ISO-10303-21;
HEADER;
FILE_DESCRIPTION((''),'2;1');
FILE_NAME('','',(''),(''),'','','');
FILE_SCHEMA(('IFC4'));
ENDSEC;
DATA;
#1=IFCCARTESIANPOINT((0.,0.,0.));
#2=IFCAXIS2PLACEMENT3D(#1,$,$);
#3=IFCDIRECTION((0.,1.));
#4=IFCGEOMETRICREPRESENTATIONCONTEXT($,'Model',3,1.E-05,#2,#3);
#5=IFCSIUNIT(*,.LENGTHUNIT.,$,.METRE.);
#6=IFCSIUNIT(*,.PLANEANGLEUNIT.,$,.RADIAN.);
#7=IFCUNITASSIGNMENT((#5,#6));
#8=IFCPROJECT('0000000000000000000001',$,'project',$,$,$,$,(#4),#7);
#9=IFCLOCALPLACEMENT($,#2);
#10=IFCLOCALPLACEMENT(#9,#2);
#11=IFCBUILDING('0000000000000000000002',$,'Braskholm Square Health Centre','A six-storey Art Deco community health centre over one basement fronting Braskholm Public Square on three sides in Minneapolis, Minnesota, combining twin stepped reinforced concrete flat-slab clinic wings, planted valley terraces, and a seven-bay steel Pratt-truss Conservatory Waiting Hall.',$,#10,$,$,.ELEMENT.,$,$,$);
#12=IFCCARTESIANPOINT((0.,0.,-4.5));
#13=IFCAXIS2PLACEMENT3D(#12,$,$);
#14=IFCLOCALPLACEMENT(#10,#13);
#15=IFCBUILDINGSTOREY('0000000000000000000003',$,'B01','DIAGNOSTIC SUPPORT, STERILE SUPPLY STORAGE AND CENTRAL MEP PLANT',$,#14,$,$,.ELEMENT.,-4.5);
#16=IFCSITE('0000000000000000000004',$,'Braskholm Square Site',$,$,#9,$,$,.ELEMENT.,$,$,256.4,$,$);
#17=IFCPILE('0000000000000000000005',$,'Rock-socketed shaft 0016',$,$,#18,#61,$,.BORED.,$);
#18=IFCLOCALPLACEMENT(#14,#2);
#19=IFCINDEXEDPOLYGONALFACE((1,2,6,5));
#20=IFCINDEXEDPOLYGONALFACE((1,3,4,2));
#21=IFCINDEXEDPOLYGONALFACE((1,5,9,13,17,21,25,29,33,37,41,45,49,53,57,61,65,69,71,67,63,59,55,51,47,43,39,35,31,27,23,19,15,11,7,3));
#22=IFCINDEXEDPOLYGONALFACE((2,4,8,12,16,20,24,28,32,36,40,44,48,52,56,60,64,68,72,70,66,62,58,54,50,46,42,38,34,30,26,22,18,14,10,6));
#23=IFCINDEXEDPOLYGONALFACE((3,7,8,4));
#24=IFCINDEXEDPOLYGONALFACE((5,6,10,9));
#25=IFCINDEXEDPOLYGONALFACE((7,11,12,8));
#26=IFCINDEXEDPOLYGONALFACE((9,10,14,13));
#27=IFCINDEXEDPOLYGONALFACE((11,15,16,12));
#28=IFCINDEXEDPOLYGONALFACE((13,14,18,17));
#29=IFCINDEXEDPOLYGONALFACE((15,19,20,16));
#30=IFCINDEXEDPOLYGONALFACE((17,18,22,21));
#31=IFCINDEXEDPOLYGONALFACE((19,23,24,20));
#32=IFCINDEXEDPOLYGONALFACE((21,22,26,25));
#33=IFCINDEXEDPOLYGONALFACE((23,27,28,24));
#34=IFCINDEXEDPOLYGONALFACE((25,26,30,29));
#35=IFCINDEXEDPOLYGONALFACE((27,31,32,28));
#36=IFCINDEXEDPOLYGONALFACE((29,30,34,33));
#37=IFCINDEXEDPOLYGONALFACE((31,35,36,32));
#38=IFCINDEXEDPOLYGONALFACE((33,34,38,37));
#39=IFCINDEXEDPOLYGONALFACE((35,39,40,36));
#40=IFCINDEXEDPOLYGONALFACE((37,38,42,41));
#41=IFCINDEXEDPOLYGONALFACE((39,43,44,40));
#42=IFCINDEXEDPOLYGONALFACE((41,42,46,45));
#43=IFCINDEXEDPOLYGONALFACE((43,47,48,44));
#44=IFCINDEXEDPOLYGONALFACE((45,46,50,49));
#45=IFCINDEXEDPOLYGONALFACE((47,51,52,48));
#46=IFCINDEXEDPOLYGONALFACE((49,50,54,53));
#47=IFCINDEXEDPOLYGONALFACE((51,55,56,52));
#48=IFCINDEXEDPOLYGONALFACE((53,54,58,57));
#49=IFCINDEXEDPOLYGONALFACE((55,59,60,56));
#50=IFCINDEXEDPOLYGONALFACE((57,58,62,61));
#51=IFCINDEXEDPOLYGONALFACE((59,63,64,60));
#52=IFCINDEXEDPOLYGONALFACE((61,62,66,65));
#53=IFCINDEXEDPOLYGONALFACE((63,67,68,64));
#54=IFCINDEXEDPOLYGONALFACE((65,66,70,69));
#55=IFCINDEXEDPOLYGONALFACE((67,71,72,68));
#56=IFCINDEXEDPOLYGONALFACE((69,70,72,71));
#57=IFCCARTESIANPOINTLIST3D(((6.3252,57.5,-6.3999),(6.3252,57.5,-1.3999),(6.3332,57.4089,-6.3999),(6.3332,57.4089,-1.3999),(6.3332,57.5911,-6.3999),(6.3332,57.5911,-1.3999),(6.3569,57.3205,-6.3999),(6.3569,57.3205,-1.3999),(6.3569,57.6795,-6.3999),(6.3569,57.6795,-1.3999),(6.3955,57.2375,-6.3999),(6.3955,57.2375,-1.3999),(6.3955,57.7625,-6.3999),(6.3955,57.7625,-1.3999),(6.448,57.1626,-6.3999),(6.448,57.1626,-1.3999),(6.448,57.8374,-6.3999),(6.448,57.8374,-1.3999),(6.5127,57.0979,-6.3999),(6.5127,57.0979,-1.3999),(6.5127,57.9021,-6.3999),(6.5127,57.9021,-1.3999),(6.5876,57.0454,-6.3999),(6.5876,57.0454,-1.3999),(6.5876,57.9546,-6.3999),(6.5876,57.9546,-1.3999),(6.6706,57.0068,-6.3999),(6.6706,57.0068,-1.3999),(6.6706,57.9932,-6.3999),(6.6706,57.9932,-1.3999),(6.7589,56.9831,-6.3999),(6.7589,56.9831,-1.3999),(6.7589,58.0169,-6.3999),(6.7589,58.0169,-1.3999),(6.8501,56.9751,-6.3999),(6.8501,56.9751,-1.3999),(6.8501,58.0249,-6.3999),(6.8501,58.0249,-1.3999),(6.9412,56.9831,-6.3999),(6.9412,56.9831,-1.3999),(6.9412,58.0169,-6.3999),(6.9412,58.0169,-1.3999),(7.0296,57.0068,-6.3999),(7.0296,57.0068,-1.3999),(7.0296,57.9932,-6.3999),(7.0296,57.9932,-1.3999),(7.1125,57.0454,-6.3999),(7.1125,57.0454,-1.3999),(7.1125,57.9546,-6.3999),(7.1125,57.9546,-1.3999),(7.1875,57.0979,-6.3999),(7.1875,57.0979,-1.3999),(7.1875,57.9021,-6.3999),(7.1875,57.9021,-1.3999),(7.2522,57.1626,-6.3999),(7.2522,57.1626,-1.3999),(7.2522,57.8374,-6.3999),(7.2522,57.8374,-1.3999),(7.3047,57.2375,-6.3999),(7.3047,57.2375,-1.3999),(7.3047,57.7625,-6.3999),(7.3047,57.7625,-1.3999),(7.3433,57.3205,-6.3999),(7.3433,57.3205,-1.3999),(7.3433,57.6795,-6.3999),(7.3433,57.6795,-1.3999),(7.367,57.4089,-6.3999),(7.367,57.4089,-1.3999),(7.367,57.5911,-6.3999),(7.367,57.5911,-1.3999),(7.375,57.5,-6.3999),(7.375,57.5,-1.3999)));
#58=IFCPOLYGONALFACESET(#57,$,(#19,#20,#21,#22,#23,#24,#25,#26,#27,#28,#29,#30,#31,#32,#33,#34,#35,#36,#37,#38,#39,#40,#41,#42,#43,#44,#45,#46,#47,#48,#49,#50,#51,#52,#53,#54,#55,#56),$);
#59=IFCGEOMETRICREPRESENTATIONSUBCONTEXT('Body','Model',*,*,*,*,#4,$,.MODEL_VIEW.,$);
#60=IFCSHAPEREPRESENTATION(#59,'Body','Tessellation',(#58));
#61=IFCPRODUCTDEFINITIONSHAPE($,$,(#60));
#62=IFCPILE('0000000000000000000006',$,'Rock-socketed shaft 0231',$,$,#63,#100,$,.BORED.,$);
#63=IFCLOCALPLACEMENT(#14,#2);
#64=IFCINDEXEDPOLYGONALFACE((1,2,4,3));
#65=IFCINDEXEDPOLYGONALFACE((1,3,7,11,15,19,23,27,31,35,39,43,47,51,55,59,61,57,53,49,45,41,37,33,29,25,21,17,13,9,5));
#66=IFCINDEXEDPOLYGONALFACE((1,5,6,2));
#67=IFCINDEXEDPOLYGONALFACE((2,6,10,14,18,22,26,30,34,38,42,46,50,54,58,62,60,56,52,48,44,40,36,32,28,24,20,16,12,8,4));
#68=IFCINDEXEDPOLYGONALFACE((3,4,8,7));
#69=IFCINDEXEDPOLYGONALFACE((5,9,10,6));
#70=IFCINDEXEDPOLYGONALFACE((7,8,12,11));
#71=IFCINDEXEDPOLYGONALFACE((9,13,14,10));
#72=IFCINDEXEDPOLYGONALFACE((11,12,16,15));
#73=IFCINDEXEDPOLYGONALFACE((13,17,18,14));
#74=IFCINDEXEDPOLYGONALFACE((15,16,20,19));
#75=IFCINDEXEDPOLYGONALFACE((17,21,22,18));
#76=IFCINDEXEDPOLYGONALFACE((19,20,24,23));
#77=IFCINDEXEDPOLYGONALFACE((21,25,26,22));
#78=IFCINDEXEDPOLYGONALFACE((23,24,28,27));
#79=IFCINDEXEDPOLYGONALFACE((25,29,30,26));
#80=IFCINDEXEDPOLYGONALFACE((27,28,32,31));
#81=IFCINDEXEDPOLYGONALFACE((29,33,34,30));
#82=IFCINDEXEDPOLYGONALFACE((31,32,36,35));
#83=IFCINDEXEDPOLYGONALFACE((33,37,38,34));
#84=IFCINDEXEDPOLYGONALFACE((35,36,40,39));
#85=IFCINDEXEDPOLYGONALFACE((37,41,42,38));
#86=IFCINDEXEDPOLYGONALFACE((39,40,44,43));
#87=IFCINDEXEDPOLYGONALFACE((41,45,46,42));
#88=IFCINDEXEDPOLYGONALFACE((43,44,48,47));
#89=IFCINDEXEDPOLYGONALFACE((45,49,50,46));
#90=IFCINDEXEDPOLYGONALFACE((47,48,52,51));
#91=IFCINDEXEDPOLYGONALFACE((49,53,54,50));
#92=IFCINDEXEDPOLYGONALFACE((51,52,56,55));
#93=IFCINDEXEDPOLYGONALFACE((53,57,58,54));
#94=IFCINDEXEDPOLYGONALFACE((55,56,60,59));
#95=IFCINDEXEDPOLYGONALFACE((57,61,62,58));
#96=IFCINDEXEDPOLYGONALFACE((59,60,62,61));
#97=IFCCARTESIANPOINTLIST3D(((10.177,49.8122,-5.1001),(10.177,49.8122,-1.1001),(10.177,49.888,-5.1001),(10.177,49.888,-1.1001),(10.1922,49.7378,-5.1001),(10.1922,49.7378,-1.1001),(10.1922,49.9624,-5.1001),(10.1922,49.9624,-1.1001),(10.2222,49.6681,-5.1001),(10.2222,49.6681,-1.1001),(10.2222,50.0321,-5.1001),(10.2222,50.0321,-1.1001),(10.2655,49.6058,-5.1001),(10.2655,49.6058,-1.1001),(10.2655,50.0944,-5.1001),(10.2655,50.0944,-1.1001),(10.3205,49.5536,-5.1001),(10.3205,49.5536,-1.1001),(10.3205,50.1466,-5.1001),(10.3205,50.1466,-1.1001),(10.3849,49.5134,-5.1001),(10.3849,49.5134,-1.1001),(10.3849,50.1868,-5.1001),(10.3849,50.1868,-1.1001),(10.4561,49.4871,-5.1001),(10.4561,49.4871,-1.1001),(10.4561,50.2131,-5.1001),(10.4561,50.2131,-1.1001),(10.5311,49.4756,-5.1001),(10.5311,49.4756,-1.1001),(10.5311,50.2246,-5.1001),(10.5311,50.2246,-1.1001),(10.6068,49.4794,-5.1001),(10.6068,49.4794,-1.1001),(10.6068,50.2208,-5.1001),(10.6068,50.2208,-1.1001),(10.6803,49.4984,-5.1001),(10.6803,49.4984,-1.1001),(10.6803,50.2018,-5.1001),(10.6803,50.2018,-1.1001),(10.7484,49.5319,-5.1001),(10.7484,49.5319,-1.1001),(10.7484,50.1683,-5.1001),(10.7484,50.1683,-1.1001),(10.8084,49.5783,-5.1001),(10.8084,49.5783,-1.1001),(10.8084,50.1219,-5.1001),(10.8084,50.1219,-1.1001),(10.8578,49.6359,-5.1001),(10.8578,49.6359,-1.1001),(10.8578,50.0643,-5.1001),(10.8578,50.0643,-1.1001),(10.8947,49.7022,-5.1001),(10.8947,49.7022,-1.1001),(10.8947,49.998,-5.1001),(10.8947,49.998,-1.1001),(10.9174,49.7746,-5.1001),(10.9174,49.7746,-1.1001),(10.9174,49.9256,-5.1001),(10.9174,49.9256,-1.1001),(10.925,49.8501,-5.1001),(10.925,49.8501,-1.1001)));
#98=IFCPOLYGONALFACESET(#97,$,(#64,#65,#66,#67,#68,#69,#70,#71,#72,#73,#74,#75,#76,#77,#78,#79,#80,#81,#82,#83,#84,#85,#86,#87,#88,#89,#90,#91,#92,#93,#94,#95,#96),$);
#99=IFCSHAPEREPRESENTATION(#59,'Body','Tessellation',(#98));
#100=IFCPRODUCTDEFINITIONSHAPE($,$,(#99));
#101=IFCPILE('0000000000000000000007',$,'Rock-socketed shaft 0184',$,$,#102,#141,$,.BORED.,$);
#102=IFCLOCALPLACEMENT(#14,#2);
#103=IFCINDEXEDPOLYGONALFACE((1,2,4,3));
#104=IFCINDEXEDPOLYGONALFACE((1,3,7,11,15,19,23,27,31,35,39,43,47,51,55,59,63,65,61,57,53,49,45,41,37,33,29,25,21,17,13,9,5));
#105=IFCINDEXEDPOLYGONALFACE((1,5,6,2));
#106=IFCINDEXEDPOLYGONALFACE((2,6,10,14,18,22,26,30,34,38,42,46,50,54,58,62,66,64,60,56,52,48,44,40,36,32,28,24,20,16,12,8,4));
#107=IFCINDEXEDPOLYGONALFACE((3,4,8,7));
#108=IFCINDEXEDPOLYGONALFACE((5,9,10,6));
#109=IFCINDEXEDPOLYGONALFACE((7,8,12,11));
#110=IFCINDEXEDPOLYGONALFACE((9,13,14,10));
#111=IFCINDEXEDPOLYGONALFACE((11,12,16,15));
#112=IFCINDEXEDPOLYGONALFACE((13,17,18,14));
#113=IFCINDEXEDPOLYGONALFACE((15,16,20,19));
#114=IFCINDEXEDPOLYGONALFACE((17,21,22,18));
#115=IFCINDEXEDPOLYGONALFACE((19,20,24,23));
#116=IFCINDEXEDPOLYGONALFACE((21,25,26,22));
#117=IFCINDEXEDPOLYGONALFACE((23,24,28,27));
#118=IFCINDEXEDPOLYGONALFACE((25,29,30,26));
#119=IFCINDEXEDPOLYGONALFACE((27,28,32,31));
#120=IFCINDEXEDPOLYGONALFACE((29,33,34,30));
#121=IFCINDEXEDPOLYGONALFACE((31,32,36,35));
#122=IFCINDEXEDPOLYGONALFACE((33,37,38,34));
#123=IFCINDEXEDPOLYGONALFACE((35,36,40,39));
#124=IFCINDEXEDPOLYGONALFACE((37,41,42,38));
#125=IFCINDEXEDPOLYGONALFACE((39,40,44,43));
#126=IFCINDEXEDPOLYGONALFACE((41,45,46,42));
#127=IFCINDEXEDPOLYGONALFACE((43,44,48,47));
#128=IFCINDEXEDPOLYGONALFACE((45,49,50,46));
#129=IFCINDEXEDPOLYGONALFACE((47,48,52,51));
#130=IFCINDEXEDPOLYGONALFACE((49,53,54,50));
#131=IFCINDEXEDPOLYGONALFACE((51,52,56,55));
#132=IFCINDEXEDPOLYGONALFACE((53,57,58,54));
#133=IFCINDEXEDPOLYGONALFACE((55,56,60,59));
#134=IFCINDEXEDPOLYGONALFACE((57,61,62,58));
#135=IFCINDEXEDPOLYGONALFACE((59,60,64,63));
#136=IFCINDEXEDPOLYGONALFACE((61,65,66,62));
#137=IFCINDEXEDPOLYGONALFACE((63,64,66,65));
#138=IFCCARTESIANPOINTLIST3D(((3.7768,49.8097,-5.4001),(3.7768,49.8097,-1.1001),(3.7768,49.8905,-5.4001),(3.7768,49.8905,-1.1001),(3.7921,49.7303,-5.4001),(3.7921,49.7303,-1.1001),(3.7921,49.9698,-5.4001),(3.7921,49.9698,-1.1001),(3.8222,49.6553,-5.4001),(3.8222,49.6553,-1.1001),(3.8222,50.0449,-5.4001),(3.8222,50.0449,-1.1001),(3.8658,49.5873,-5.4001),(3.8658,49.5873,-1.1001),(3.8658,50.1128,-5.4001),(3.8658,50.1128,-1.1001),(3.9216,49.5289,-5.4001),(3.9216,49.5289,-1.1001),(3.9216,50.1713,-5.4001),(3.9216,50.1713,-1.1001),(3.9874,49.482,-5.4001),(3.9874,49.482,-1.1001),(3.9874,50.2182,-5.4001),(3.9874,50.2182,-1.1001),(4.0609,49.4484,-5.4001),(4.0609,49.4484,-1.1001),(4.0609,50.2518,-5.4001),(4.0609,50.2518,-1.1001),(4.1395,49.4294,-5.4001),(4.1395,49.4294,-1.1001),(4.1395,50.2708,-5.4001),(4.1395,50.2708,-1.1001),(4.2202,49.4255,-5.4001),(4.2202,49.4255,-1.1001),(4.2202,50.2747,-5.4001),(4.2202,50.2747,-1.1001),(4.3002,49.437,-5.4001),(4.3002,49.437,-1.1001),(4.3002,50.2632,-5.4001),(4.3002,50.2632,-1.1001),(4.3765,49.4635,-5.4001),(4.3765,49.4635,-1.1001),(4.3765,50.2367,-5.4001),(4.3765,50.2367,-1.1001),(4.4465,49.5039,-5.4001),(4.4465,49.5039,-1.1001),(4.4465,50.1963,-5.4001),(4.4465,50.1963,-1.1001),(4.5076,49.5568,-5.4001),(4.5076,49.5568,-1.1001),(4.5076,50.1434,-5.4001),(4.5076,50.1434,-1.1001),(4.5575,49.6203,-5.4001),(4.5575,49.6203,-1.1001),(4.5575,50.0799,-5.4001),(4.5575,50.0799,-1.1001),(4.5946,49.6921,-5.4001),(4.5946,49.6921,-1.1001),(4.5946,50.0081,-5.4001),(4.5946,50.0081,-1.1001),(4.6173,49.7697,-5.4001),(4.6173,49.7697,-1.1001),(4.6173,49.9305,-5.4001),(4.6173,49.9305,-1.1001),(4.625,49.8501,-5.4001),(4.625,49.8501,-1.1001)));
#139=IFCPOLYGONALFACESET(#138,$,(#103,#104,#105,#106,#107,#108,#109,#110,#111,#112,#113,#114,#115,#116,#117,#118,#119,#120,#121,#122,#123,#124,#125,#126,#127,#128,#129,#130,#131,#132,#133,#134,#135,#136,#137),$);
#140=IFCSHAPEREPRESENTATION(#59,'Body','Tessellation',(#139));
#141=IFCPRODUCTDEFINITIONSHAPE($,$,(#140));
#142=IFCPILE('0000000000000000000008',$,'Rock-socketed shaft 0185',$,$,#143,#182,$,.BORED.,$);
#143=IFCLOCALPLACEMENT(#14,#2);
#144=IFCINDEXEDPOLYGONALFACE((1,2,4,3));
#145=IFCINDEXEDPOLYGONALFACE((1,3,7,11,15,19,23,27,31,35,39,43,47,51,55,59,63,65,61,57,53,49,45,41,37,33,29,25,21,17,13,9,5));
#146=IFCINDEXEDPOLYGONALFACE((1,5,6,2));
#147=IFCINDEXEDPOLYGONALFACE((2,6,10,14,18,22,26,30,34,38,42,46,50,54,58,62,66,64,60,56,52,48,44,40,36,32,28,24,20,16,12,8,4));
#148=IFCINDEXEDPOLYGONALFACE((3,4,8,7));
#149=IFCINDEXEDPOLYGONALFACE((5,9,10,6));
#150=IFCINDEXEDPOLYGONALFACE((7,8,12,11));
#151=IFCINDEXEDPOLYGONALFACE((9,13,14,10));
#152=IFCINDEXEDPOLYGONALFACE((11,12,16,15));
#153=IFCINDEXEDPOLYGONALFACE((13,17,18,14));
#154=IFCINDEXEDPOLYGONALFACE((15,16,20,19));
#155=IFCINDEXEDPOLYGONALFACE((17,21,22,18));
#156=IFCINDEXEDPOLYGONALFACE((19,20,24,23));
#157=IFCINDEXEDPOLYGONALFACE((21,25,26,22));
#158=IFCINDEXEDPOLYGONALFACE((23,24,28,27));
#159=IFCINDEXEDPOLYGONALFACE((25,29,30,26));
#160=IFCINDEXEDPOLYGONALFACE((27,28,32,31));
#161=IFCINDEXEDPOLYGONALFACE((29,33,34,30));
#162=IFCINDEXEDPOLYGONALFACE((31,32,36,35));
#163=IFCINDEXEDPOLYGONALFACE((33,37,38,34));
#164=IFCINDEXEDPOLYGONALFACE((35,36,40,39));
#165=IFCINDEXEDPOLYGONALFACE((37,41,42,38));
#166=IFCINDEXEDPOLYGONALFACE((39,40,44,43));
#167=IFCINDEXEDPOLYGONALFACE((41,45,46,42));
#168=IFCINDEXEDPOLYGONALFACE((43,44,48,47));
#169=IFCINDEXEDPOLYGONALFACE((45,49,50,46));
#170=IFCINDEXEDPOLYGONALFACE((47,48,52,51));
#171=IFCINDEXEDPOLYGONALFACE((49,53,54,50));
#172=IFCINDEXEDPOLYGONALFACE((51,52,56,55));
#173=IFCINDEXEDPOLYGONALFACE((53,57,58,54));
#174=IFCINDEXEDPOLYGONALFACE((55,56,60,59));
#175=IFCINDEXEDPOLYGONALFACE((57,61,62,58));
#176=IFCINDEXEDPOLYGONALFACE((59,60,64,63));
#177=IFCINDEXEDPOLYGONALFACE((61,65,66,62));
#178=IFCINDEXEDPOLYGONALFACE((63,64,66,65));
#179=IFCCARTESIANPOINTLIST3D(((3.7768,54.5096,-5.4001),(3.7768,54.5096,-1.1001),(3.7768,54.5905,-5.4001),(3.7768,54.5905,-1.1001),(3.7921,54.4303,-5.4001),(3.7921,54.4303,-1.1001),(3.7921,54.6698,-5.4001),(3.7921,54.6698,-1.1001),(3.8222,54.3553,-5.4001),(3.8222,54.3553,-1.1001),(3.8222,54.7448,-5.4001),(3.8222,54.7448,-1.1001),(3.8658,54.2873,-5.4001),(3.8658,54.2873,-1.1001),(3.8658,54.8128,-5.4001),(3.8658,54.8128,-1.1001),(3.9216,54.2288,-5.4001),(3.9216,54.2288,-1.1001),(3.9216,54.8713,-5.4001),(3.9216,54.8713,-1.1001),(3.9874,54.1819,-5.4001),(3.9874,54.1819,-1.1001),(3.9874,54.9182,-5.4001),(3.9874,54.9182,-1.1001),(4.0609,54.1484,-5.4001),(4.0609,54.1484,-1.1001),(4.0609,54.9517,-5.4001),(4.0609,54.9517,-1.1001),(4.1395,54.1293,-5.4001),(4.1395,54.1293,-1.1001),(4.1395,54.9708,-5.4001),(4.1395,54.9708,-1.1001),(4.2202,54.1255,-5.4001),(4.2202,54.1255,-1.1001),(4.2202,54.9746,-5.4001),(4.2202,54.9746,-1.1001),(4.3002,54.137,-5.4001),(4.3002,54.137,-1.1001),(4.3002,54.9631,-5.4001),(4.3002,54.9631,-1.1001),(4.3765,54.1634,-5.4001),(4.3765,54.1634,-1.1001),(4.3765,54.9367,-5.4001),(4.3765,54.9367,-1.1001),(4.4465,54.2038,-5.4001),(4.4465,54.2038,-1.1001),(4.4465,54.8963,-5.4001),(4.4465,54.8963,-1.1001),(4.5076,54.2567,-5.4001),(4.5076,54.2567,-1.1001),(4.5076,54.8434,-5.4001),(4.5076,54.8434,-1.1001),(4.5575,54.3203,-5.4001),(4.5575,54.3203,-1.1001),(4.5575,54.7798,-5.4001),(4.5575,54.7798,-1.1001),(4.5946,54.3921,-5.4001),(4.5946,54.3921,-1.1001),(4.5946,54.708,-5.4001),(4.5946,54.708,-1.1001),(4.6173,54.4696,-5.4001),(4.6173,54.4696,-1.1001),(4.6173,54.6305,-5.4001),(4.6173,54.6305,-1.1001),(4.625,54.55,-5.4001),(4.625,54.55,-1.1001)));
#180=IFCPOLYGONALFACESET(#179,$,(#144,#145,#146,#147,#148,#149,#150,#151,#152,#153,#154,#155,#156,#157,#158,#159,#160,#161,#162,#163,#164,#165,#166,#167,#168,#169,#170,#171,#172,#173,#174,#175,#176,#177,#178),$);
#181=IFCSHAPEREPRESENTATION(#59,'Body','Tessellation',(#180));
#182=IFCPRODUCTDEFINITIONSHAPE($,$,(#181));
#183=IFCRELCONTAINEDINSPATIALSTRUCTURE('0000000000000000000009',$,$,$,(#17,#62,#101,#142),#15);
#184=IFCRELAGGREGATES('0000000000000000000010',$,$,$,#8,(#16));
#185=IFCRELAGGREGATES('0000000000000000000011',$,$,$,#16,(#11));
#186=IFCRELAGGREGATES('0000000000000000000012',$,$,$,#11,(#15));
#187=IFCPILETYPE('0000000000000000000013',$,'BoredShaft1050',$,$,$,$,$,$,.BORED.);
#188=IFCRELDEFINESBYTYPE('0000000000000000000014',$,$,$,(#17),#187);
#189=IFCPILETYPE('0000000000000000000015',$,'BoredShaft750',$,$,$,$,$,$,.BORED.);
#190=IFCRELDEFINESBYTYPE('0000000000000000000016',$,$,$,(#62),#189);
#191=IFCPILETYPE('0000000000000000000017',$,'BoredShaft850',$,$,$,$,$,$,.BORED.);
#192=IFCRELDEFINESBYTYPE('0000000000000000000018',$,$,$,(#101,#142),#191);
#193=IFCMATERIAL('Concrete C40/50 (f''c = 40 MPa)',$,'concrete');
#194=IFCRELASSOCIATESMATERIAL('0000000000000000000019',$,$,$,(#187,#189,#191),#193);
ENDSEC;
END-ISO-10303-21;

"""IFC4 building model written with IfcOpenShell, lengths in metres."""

from ifc_helpers import new_model, si_unit, direction, frame, origin, origin_2d, place, context, subcontext, project, spatial, circle, extrude, material, material_profile, profile_set, type_object, element, save


model = new_model("IFC4")

# Units and contexts
model_context = context("Model", 3, precision=1e-05, world=origin(), true_north=direction((0.0, 1.0)))
body_context = subcontext(model_context, "Body", "Model", "MODEL_VIEW")
ifc_project = project(units=[si_unit("LENGTHUNIT", "METRE"), si_unit("PLANEANGLEUNIT", "RADIAN")], contexts=[model_context])

# Site, building, storey
site_placement = place(None, origin())
site = spatial("IfcSite", under=ifc_project, at=site_placement, Name="Braskholm Square Site", CompositionType="ELEMENT", RefElevation=256.4)
building_placement = place(site_placement, origin())
building = spatial("IfcBuilding", under=site, at=building_placement, Name="Braskholm Square Health Centre", Description="A six-storey Art Deco community health centre over one basement fronting Braskholm Public Square on three sides in Minneapolis, Minnesota, combining twin stepped reinforced concrete flat-slab clinic wings, planted valley terraces, and a seven-bay steel Pratt-truss Conservatory Waiting Hall.", CompositionType="ELEMENT")
storey_placement = place(building_placement, frame((0.0, 0.0, -4.5)))
storey = spatial("IfcBuildingStorey", under=building, at=storey_placement, Name="B01", Description="DIAGNOSTIC SUPPORT, STERILE SUPPLY STORAGE AND CENTRAL MEP PLANT", CompositionType="ELEMENT", Elevation=-4.5)

# Piles
ifc_material_1 = material(Name="Concrete C40/50 (f'c = 40 MPa)", Category="concrete")
ifc_material_profile_1 = material_profile(ifc_material_1, circle(Radius=0.5249, at=origin_2d()), Name="BORED-PILE-1050")
ifc_profile_set_1 = profile_set([ifc_material_profile_1], Name="Concrete C40/50 (f'c = 40 MPa)")
pile_type_1 = type_object("IfcPileType", Name="BoredShaft1050", PredefinedType="BORED", material=ifc_profile_set_1)
for number, where, z_axis, x_axis, name in (
    (1, (6.8501, 57.5, -1.3999), (0.0, 0.0, -1.0), (1.0, 0.0, 0.0), "Rock-socketed shaft 0016"),
):
    element("IfcPile", number, at=place(storey_placement, frame(where, z_axis=z_axis, x_axis=x_axis)), inside=storey, type_object=pile_type_1, Name=name, PredefinedType="BORED", context=body_context, shape_type="SweptSolid", body=[
        extrude(circle(Radius=0.5249, at=origin_2d()), origin(), (0.0, 0.0, 1.0), 5.0),
    ])
ifc_material_profile_2 = material_profile(ifc_material_1, circle(Radius=0.375, at=origin_2d()), Name="BORED-PILE-750")
ifc_profile_set_2 = profile_set([ifc_material_profile_2], Name="Concrete C40/50 (f'c = 40 MPa)")
pile_type_2 = type_object("IfcPileType", Name="BoredShaft750", PredefinedType="BORED", material=ifc_profile_set_2)
pile_placement = place(storey_placement, frame((10.55, 49.8501, -1.1001), z_axis=(0.0, 0.0, -1.0), x_axis=(1.0, 0.0, 0.0)))
element("IfcPile", 2, at=pile_placement, inside=storey, type_object=pile_type_2, Name="Rock-socketed shaft 0231", PredefinedType="BORED", context=body_context, shape_type="SweptSolid", body=[
    extrude(circle(Radius=0.375, at=origin_2d()), origin(), (0.0, 0.0, 1.0), 4.0),
])
ifc_material_profile_3 = material_profile(ifc_material_1, circle(Radius=0.425, at=origin_2d()), Name="BORED-PILE-850")
ifc_profile_set_3 = profile_set([ifc_material_profile_3], Name="Concrete C40/50 (f'c = 40 MPa)")
pile_type_3 = type_object("IfcPileType", Name="BoredShaft850", PredefinedType="BORED", material=ifc_profile_set_3)
for number, where, z_axis, x_axis, name in (
    (3, (4.2, 49.8501, -1.1001), (0.0, 0.0, -1.0), (1.0, 0.0, 0.0), "Rock-socketed shaft 0184"),
    (4, (4.2, 54.55, -1.1001), (0.0, 0.0, -1.0), (1.0, 0.0, 0.0), "Rock-socketed shaft 0185"),
):
    element("IfcPile", number, at=place(storey_placement, frame(where, z_axis=z_axis, x_axis=x_axis)), inside=storey, type_object=pile_type_3, Name=name, PredefinedType="BORED", context=body_context, shape_type="SweptSolid", body=[
        extrude(circle(Radius=0.425, at=origin_2d()), origin(), (0.0, 0.0, 1.0), 4.3),
    ])

save(model, "model.ifc")
